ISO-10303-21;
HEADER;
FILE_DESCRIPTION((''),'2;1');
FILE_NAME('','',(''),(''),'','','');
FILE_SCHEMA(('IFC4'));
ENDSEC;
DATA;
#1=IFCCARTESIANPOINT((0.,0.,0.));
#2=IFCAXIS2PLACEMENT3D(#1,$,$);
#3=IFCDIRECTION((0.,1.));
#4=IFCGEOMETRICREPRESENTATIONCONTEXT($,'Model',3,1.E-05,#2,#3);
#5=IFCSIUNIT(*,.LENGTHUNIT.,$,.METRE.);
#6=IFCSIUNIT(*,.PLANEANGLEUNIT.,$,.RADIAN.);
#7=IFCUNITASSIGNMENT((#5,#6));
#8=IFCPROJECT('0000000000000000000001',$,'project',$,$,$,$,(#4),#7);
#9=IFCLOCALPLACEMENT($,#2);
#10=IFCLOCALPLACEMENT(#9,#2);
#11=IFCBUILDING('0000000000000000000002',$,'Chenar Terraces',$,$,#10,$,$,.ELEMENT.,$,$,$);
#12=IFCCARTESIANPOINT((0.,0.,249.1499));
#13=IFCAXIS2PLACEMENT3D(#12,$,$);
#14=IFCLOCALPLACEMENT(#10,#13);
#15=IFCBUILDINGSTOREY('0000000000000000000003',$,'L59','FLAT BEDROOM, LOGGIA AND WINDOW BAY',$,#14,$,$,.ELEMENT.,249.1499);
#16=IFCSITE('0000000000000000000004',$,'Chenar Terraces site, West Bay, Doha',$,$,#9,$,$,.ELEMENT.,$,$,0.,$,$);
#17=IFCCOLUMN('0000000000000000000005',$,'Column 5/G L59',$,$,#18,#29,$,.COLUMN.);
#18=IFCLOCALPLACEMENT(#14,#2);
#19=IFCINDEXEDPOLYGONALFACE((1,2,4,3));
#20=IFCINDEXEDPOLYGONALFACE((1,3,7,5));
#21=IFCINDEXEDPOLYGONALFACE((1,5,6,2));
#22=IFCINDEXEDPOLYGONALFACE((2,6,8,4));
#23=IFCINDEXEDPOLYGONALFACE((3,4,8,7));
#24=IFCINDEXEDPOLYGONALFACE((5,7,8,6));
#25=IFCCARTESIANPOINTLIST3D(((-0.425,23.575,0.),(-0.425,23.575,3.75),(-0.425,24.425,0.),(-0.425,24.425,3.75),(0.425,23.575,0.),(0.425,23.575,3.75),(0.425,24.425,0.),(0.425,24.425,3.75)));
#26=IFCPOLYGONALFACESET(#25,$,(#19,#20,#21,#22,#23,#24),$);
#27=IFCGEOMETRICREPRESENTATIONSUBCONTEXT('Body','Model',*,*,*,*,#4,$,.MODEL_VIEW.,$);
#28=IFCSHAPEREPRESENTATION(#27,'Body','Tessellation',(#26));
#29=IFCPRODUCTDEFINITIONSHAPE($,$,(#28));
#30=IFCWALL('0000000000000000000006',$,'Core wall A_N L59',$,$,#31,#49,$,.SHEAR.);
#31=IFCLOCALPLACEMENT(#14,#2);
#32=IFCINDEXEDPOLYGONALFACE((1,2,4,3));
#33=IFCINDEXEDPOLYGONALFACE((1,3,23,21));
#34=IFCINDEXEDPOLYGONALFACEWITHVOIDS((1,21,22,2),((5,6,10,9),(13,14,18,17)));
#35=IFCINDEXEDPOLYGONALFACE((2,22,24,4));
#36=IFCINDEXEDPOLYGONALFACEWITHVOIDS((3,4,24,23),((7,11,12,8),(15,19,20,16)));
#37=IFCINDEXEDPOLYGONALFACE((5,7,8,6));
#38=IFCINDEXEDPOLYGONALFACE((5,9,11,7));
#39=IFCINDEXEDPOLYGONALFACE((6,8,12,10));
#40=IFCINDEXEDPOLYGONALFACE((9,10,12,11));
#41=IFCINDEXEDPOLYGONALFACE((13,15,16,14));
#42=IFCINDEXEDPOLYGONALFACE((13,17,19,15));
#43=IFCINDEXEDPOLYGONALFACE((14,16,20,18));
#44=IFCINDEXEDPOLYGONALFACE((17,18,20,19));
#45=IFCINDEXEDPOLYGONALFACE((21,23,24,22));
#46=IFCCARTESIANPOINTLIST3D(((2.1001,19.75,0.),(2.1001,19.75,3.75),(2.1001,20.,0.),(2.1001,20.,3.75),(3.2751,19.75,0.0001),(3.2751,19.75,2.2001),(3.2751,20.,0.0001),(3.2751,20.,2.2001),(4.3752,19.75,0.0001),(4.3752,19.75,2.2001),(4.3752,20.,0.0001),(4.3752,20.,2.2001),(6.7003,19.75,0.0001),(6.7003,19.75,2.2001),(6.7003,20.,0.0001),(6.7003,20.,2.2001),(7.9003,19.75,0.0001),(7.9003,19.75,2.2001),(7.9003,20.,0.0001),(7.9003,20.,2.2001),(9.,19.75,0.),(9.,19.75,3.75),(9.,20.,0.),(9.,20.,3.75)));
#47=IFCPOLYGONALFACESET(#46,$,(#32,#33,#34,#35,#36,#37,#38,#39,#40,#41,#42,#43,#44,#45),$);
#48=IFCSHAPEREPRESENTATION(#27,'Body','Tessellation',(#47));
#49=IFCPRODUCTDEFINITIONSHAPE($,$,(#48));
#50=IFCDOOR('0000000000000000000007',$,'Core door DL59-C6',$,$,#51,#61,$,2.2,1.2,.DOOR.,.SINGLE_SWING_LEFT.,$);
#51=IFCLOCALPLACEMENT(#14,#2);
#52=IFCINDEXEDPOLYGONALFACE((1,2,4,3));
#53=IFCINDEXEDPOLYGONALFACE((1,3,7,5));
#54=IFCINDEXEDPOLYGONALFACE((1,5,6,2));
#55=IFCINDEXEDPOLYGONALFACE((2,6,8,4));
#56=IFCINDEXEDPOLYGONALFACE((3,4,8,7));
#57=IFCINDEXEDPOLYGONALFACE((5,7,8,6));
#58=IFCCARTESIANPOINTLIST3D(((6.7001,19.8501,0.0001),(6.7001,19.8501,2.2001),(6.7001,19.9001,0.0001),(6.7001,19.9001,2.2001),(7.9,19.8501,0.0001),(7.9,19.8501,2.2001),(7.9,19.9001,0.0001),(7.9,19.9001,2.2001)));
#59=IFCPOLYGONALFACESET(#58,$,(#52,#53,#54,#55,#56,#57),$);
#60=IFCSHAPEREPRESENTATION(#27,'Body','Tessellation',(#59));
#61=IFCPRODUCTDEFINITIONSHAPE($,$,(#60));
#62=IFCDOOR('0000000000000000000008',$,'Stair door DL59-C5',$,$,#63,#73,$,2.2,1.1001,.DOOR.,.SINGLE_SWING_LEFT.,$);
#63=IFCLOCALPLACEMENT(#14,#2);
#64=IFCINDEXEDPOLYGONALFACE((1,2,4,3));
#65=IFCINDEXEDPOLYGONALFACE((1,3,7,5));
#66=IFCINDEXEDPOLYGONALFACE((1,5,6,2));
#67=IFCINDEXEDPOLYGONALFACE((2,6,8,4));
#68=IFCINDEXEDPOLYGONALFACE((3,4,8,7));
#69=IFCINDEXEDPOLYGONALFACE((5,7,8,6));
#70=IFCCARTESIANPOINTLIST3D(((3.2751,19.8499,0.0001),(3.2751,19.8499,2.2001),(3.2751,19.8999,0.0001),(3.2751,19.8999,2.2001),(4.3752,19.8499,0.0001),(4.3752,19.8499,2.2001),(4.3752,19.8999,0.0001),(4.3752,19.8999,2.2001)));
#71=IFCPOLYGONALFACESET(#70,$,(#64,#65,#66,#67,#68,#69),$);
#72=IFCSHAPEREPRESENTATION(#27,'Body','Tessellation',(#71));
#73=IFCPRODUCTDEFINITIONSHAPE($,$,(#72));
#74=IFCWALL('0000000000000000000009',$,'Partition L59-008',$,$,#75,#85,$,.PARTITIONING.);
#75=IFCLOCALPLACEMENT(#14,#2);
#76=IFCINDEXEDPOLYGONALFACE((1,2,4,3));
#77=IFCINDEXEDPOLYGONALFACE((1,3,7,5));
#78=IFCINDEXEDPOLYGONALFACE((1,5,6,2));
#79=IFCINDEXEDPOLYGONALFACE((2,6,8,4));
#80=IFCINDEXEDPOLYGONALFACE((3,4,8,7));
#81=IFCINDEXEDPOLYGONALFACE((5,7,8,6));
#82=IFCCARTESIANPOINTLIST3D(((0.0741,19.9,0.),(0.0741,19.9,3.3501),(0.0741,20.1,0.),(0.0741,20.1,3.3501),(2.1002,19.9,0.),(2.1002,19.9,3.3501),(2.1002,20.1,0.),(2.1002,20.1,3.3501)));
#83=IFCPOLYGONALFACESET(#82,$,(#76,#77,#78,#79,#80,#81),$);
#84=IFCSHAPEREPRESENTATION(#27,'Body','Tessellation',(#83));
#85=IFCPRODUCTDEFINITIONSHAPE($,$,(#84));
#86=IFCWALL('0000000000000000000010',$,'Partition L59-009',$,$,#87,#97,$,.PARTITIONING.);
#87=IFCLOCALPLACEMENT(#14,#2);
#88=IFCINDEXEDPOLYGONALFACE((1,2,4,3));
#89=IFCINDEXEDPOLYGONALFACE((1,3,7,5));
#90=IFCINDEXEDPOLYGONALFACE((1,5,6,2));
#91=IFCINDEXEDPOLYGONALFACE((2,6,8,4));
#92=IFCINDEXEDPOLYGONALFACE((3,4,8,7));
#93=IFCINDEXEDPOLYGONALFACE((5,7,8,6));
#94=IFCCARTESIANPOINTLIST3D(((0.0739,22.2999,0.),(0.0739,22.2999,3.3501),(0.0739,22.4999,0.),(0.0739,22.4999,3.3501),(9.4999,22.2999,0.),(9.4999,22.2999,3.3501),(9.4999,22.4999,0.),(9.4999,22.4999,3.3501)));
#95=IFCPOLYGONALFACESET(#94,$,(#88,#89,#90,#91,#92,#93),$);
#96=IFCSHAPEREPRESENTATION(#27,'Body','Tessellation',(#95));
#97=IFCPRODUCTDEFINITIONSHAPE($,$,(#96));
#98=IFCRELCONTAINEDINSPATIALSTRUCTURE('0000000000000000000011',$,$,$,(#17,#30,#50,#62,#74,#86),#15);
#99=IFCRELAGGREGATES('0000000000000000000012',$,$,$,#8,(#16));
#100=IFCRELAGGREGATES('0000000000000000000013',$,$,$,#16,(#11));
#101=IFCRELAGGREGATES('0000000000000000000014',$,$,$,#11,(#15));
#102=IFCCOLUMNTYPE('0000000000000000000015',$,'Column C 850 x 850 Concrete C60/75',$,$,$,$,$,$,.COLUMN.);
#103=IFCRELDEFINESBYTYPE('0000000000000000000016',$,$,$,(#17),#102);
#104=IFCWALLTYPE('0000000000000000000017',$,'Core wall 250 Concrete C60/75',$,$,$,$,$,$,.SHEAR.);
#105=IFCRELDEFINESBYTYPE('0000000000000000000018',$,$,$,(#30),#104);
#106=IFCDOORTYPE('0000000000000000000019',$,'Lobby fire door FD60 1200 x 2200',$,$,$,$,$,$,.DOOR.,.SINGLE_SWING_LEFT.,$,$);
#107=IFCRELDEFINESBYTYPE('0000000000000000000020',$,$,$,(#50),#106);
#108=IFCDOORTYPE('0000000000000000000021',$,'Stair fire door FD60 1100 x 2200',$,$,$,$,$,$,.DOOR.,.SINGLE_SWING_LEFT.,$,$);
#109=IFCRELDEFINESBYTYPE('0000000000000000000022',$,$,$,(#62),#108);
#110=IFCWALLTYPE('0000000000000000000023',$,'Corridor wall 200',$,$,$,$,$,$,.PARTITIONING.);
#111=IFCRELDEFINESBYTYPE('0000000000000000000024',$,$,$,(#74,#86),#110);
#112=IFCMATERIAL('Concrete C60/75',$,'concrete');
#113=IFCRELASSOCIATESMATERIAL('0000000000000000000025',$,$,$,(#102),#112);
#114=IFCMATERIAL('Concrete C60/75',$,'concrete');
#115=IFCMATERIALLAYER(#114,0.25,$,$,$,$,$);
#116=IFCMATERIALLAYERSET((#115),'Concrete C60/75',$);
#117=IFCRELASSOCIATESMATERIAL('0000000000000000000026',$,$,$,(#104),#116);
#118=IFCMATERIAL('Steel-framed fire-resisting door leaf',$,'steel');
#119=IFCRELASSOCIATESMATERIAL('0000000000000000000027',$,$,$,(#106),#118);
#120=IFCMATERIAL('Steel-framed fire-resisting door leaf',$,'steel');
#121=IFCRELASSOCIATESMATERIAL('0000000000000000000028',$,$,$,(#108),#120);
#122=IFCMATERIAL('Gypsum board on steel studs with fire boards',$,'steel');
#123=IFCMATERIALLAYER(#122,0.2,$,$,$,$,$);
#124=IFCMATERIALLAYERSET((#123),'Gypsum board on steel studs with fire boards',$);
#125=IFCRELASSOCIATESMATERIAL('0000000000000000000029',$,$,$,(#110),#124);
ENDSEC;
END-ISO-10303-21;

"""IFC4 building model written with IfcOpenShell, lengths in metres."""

from ifc_helpers import new_model, si_unit, direction, frame, frame_2d, origin, origin_2d, place, context, subcontext, project, spatial, rectangle, extrude, material, layer, layer_set, material_profile, profile_set, type_object, element, fill, save


model = new_model("IFC4")

# Units and contexts
model_context = context("Model", 3, precision=1e-05, world=origin(), true_north=direction((0.0, 1.0)))
body_context = subcontext(model_context, "Body", "Model", "MODEL_VIEW")
ifc_project = project(units=[si_unit("LENGTHUNIT", "METRE"), si_unit("PLANEANGLEUNIT", "RADIAN")], contexts=[model_context])

# Site, building, storey
site_placement = place(None, origin())
site = spatial("IfcSite", under=ifc_project, at=site_placement, Name="Chenar Terraces site, West Bay, Doha", CompositionType="ELEMENT", RefElevation=0.0)
building_placement = place(site_placement, origin())
building = spatial("IfcBuilding", under=site, at=building_placement, Name="Chenar Terraces", CompositionType="ELEMENT")
storey_placement = place(building_placement, frame((0.0, 0.0, 249.1499)))
storey = spatial("IfcBuildingStorey", under=building, at=storey_placement, Name="L59", Description="FLAT BEDROOM, LOGGIA AND WINDOW BAY", CompositionType="ELEMENT", Elevation=249.1499)

# Column
ifc_material_1 = material(Name="Concrete C60/75", Category="concrete")
ifc_material_profile = material_profile(ifc_material_1, rectangle(XDim=0.8501, YDim=0.8501, at=origin_2d()), Name="C 850 x 850")
ifc_profile_set = profile_set([ifc_material_profile], Name="Concrete C60/75")
column_type = type_object("IfcColumnType", Name="Column C 850 x 850 Concrete C60/75", PredefinedType="COLUMN", material=ifc_profile_set)
column_placement = place(storey_placement, frame((0.0, 24.0, 0.0), z_axis=(0.0, 0.0, 1.0), x_axis=(1.0, 0.0, 0.0)))
element("IfcColumn", 1, at=column_placement, inside=storey, type_object=column_type, Name="Column 5/G L59", PredefinedType="COLUMN", context=body_context, shape_type="SweptSolid", body=[
    extrude(rectangle(XDim=0.8501, YDim=0.8501, at=origin_2d()), origin(), (0.0, 0.0, 1.0), 3.75),
])

# Wall, openings, doors
ifc_material_2 = material(Name="Concrete C60/75", Category="concrete")
ifc_layer_1 = layer(ifc_material_2, 0.25)
ifc_layer_set_1 = layer_set([ifc_layer_1], Name="Concrete C60/75")
wall_type_1 = type_object("IfcWallType", Name="Core wall 250 Concrete C60/75", PredefinedType="SHEAR", material=ifc_layer_set_1)
wall_1_placement = place(storey_placement, frame((2.1001, 19.875, 0.0), z_axis=(0.0, 0.0, 1.0), x_axis=(1.0, 0.0, 0.0)))
wall_1 = element("IfcWall", 2, at=wall_1_placement, inside=storey, type_object=wall_type_1, Name="Core wall A_N L59", PredefinedType="SHEAR", context=body_context, shape_type="SweptSolid", body=[
    extrude(rectangle(XDim=6.8999, YDim=0.25, at=frame_2d((3.45, 0.0))), origin(), (0.0, 0.0, 1.0), 3.75),
])
opening_1_placement = place(wall_1_placement, frame((1.175, 0.0, 0.0)))
opening_1 = element("IfcOpeningElement", 3, at=opening_1_placement, cuts=wall_1, PredefinedType="OPENING", context=body_context, shape_type="SweptSolid", body=[
    extrude(rectangle(XDim=1.1001, YDim=2.2, at=frame_2d((0.55, 1.1001))), frame((0.0, 0.135, 0.0), z_axis=(0.0, -1.0, 0.0), x_axis=(1.0, 0.0, 0.0)), (0.0, 0.0, 1.0), 0.27),
])
opening_2_placement = place(wall_1_placement, frame((4.6001, 0.0, 0.0)))
opening_2 = element("IfcOpeningElement", 4, at=opening_2_placement, cuts=wall_1, PredefinedType="OPENING", context=body_context, shape_type="SweptSolid", body=[
    extrude(rectangle(XDim=1.2, YDim=2.2, at=frame_2d((0.6001, 1.1001))), frame((0.0, 0.135, 0.0), z_axis=(0.0, -1.0, 0.0), x_axis=(1.0, 0.0, 0.0)), (0.0, 0.0, 1.0), 0.27),
])
ifc_material_3 = material(Name="Steel-framed fire-resisting door leaf", Category="steel")
door_type_1 = type_object("IfcDoorType", Name="Lobby fire door FD60 1200 x 2200", OperationType="SINGLE_SWING_LEFT", PredefinedType="DOOR", material=ifc_material_3)
door_1_placement = place(opening_2_placement, frame((1.2, 0.0, 0.0), z_axis=(0.0, 0.0, 1.0), x_axis=(-1.0, 0.0, 0.0)))
door_1 = element("IfcDoor", 5, at=door_1_placement, inside=storey, type_object=door_type_1, Name="Core door DL59-C6", OperationType="SINGLE_SWING_LEFT", OverallHeight=2.2, OverallWidth=1.2, PredefinedType="DOOR", context=body_context, shape_type="SweptSolid", body=[
    extrude(rectangle(XDim=1.2, YDim=2.2, at=frame_2d((0.6001, 1.1001))), frame((0.0, 0.0249, 0.0), z_axis=(0.0, -1.0, 0.0), x_axis=(1.0, 0.0, 0.0)), (0.0, 0.0, 1.0), 0.05),
])
fill(opening_2, door_1)
ifc_material_4 = material(Name="Steel-framed fire-resisting door leaf", Category="steel")
door_type_2 = type_object("IfcDoorType", Name="Stair fire door FD60 1100 x 2200", OperationType="SINGLE_SWING_LEFT", PredefinedType="DOOR", material=ifc_material_4)
door_2_placement = place(opening_1_placement, origin())
door_2 = element("IfcDoor", 6, at=door_2_placement, inside=storey, type_object=door_type_2, Name="Stair door DL59-C5", OperationType="SINGLE_SWING_LEFT", OverallHeight=2.2, OverallWidth=1.1001, PredefinedType="DOOR", context=body_context, shape_type="SweptSolid", body=[
    extrude(rectangle(XDim=1.1001, YDim=2.2, at=frame_2d((0.55, 1.1001))), frame((0.0, 0.0249, 0.0), z_axis=(0.0, -1.0, 0.0), x_axis=(1.0, 0.0, 0.0)), (0.0, 0.0, 1.0), 0.05),
])
fill(opening_1, door_2)

# Walls
ifc_material_5 = material(Name="Gypsum board on steel studs with fire boards", Category="steel")
ifc_layer_2 = layer(ifc_material_5, 0.2)
ifc_layer_set_2 = layer_set([ifc_layer_2], Name="Gypsum board on steel studs with fire boards")
wall_type_2 = type_object("IfcWallType", Name="Corridor wall 200", PredefinedType="PARTITIONING", material=ifc_layer_set_2)
wall_2_placement = place(storey_placement, frame((0.074, 20.0, 0.0), z_axis=(0.0, 0.0, 1.0), x_axis=(1.0, 0.0, 0.0)))
element("IfcWall", 7, at=wall_2_placement, inside=storey, type_object=wall_type_2, Name="Partition L59-008", PredefinedType="PARTITIONING", context=body_context, shape_type="SweptSolid", body=[
    extrude(rectangle(XDim=2.0261, YDim=0.2, at=frame_2d((1.0132, 0.0))), origin(), (0.0, 0.0, 1.0), 3.3501),
])
wall_3_placement = place(storey_placement, frame((0.074, 22.3999, 0.0), z_axis=(0.0, 0.0, 1.0), x_axis=(1.0, 0.0, 0.0)))
element("IfcWall", 8, at=wall_3_placement, inside=storey, type_object=wall_type_2, Name="Partition L59-009", PredefinedType="PARTITIONING", context=body_context, shape_type="SweptSolid", body=[
    extrude(rectangle(XDim=9.426, YDim=0.2, at=frame_2d((4.7129, 0.0))), origin(), (0.0, 0.0, 1.0), 3.3501),
])

save(model, "model.ifc")
